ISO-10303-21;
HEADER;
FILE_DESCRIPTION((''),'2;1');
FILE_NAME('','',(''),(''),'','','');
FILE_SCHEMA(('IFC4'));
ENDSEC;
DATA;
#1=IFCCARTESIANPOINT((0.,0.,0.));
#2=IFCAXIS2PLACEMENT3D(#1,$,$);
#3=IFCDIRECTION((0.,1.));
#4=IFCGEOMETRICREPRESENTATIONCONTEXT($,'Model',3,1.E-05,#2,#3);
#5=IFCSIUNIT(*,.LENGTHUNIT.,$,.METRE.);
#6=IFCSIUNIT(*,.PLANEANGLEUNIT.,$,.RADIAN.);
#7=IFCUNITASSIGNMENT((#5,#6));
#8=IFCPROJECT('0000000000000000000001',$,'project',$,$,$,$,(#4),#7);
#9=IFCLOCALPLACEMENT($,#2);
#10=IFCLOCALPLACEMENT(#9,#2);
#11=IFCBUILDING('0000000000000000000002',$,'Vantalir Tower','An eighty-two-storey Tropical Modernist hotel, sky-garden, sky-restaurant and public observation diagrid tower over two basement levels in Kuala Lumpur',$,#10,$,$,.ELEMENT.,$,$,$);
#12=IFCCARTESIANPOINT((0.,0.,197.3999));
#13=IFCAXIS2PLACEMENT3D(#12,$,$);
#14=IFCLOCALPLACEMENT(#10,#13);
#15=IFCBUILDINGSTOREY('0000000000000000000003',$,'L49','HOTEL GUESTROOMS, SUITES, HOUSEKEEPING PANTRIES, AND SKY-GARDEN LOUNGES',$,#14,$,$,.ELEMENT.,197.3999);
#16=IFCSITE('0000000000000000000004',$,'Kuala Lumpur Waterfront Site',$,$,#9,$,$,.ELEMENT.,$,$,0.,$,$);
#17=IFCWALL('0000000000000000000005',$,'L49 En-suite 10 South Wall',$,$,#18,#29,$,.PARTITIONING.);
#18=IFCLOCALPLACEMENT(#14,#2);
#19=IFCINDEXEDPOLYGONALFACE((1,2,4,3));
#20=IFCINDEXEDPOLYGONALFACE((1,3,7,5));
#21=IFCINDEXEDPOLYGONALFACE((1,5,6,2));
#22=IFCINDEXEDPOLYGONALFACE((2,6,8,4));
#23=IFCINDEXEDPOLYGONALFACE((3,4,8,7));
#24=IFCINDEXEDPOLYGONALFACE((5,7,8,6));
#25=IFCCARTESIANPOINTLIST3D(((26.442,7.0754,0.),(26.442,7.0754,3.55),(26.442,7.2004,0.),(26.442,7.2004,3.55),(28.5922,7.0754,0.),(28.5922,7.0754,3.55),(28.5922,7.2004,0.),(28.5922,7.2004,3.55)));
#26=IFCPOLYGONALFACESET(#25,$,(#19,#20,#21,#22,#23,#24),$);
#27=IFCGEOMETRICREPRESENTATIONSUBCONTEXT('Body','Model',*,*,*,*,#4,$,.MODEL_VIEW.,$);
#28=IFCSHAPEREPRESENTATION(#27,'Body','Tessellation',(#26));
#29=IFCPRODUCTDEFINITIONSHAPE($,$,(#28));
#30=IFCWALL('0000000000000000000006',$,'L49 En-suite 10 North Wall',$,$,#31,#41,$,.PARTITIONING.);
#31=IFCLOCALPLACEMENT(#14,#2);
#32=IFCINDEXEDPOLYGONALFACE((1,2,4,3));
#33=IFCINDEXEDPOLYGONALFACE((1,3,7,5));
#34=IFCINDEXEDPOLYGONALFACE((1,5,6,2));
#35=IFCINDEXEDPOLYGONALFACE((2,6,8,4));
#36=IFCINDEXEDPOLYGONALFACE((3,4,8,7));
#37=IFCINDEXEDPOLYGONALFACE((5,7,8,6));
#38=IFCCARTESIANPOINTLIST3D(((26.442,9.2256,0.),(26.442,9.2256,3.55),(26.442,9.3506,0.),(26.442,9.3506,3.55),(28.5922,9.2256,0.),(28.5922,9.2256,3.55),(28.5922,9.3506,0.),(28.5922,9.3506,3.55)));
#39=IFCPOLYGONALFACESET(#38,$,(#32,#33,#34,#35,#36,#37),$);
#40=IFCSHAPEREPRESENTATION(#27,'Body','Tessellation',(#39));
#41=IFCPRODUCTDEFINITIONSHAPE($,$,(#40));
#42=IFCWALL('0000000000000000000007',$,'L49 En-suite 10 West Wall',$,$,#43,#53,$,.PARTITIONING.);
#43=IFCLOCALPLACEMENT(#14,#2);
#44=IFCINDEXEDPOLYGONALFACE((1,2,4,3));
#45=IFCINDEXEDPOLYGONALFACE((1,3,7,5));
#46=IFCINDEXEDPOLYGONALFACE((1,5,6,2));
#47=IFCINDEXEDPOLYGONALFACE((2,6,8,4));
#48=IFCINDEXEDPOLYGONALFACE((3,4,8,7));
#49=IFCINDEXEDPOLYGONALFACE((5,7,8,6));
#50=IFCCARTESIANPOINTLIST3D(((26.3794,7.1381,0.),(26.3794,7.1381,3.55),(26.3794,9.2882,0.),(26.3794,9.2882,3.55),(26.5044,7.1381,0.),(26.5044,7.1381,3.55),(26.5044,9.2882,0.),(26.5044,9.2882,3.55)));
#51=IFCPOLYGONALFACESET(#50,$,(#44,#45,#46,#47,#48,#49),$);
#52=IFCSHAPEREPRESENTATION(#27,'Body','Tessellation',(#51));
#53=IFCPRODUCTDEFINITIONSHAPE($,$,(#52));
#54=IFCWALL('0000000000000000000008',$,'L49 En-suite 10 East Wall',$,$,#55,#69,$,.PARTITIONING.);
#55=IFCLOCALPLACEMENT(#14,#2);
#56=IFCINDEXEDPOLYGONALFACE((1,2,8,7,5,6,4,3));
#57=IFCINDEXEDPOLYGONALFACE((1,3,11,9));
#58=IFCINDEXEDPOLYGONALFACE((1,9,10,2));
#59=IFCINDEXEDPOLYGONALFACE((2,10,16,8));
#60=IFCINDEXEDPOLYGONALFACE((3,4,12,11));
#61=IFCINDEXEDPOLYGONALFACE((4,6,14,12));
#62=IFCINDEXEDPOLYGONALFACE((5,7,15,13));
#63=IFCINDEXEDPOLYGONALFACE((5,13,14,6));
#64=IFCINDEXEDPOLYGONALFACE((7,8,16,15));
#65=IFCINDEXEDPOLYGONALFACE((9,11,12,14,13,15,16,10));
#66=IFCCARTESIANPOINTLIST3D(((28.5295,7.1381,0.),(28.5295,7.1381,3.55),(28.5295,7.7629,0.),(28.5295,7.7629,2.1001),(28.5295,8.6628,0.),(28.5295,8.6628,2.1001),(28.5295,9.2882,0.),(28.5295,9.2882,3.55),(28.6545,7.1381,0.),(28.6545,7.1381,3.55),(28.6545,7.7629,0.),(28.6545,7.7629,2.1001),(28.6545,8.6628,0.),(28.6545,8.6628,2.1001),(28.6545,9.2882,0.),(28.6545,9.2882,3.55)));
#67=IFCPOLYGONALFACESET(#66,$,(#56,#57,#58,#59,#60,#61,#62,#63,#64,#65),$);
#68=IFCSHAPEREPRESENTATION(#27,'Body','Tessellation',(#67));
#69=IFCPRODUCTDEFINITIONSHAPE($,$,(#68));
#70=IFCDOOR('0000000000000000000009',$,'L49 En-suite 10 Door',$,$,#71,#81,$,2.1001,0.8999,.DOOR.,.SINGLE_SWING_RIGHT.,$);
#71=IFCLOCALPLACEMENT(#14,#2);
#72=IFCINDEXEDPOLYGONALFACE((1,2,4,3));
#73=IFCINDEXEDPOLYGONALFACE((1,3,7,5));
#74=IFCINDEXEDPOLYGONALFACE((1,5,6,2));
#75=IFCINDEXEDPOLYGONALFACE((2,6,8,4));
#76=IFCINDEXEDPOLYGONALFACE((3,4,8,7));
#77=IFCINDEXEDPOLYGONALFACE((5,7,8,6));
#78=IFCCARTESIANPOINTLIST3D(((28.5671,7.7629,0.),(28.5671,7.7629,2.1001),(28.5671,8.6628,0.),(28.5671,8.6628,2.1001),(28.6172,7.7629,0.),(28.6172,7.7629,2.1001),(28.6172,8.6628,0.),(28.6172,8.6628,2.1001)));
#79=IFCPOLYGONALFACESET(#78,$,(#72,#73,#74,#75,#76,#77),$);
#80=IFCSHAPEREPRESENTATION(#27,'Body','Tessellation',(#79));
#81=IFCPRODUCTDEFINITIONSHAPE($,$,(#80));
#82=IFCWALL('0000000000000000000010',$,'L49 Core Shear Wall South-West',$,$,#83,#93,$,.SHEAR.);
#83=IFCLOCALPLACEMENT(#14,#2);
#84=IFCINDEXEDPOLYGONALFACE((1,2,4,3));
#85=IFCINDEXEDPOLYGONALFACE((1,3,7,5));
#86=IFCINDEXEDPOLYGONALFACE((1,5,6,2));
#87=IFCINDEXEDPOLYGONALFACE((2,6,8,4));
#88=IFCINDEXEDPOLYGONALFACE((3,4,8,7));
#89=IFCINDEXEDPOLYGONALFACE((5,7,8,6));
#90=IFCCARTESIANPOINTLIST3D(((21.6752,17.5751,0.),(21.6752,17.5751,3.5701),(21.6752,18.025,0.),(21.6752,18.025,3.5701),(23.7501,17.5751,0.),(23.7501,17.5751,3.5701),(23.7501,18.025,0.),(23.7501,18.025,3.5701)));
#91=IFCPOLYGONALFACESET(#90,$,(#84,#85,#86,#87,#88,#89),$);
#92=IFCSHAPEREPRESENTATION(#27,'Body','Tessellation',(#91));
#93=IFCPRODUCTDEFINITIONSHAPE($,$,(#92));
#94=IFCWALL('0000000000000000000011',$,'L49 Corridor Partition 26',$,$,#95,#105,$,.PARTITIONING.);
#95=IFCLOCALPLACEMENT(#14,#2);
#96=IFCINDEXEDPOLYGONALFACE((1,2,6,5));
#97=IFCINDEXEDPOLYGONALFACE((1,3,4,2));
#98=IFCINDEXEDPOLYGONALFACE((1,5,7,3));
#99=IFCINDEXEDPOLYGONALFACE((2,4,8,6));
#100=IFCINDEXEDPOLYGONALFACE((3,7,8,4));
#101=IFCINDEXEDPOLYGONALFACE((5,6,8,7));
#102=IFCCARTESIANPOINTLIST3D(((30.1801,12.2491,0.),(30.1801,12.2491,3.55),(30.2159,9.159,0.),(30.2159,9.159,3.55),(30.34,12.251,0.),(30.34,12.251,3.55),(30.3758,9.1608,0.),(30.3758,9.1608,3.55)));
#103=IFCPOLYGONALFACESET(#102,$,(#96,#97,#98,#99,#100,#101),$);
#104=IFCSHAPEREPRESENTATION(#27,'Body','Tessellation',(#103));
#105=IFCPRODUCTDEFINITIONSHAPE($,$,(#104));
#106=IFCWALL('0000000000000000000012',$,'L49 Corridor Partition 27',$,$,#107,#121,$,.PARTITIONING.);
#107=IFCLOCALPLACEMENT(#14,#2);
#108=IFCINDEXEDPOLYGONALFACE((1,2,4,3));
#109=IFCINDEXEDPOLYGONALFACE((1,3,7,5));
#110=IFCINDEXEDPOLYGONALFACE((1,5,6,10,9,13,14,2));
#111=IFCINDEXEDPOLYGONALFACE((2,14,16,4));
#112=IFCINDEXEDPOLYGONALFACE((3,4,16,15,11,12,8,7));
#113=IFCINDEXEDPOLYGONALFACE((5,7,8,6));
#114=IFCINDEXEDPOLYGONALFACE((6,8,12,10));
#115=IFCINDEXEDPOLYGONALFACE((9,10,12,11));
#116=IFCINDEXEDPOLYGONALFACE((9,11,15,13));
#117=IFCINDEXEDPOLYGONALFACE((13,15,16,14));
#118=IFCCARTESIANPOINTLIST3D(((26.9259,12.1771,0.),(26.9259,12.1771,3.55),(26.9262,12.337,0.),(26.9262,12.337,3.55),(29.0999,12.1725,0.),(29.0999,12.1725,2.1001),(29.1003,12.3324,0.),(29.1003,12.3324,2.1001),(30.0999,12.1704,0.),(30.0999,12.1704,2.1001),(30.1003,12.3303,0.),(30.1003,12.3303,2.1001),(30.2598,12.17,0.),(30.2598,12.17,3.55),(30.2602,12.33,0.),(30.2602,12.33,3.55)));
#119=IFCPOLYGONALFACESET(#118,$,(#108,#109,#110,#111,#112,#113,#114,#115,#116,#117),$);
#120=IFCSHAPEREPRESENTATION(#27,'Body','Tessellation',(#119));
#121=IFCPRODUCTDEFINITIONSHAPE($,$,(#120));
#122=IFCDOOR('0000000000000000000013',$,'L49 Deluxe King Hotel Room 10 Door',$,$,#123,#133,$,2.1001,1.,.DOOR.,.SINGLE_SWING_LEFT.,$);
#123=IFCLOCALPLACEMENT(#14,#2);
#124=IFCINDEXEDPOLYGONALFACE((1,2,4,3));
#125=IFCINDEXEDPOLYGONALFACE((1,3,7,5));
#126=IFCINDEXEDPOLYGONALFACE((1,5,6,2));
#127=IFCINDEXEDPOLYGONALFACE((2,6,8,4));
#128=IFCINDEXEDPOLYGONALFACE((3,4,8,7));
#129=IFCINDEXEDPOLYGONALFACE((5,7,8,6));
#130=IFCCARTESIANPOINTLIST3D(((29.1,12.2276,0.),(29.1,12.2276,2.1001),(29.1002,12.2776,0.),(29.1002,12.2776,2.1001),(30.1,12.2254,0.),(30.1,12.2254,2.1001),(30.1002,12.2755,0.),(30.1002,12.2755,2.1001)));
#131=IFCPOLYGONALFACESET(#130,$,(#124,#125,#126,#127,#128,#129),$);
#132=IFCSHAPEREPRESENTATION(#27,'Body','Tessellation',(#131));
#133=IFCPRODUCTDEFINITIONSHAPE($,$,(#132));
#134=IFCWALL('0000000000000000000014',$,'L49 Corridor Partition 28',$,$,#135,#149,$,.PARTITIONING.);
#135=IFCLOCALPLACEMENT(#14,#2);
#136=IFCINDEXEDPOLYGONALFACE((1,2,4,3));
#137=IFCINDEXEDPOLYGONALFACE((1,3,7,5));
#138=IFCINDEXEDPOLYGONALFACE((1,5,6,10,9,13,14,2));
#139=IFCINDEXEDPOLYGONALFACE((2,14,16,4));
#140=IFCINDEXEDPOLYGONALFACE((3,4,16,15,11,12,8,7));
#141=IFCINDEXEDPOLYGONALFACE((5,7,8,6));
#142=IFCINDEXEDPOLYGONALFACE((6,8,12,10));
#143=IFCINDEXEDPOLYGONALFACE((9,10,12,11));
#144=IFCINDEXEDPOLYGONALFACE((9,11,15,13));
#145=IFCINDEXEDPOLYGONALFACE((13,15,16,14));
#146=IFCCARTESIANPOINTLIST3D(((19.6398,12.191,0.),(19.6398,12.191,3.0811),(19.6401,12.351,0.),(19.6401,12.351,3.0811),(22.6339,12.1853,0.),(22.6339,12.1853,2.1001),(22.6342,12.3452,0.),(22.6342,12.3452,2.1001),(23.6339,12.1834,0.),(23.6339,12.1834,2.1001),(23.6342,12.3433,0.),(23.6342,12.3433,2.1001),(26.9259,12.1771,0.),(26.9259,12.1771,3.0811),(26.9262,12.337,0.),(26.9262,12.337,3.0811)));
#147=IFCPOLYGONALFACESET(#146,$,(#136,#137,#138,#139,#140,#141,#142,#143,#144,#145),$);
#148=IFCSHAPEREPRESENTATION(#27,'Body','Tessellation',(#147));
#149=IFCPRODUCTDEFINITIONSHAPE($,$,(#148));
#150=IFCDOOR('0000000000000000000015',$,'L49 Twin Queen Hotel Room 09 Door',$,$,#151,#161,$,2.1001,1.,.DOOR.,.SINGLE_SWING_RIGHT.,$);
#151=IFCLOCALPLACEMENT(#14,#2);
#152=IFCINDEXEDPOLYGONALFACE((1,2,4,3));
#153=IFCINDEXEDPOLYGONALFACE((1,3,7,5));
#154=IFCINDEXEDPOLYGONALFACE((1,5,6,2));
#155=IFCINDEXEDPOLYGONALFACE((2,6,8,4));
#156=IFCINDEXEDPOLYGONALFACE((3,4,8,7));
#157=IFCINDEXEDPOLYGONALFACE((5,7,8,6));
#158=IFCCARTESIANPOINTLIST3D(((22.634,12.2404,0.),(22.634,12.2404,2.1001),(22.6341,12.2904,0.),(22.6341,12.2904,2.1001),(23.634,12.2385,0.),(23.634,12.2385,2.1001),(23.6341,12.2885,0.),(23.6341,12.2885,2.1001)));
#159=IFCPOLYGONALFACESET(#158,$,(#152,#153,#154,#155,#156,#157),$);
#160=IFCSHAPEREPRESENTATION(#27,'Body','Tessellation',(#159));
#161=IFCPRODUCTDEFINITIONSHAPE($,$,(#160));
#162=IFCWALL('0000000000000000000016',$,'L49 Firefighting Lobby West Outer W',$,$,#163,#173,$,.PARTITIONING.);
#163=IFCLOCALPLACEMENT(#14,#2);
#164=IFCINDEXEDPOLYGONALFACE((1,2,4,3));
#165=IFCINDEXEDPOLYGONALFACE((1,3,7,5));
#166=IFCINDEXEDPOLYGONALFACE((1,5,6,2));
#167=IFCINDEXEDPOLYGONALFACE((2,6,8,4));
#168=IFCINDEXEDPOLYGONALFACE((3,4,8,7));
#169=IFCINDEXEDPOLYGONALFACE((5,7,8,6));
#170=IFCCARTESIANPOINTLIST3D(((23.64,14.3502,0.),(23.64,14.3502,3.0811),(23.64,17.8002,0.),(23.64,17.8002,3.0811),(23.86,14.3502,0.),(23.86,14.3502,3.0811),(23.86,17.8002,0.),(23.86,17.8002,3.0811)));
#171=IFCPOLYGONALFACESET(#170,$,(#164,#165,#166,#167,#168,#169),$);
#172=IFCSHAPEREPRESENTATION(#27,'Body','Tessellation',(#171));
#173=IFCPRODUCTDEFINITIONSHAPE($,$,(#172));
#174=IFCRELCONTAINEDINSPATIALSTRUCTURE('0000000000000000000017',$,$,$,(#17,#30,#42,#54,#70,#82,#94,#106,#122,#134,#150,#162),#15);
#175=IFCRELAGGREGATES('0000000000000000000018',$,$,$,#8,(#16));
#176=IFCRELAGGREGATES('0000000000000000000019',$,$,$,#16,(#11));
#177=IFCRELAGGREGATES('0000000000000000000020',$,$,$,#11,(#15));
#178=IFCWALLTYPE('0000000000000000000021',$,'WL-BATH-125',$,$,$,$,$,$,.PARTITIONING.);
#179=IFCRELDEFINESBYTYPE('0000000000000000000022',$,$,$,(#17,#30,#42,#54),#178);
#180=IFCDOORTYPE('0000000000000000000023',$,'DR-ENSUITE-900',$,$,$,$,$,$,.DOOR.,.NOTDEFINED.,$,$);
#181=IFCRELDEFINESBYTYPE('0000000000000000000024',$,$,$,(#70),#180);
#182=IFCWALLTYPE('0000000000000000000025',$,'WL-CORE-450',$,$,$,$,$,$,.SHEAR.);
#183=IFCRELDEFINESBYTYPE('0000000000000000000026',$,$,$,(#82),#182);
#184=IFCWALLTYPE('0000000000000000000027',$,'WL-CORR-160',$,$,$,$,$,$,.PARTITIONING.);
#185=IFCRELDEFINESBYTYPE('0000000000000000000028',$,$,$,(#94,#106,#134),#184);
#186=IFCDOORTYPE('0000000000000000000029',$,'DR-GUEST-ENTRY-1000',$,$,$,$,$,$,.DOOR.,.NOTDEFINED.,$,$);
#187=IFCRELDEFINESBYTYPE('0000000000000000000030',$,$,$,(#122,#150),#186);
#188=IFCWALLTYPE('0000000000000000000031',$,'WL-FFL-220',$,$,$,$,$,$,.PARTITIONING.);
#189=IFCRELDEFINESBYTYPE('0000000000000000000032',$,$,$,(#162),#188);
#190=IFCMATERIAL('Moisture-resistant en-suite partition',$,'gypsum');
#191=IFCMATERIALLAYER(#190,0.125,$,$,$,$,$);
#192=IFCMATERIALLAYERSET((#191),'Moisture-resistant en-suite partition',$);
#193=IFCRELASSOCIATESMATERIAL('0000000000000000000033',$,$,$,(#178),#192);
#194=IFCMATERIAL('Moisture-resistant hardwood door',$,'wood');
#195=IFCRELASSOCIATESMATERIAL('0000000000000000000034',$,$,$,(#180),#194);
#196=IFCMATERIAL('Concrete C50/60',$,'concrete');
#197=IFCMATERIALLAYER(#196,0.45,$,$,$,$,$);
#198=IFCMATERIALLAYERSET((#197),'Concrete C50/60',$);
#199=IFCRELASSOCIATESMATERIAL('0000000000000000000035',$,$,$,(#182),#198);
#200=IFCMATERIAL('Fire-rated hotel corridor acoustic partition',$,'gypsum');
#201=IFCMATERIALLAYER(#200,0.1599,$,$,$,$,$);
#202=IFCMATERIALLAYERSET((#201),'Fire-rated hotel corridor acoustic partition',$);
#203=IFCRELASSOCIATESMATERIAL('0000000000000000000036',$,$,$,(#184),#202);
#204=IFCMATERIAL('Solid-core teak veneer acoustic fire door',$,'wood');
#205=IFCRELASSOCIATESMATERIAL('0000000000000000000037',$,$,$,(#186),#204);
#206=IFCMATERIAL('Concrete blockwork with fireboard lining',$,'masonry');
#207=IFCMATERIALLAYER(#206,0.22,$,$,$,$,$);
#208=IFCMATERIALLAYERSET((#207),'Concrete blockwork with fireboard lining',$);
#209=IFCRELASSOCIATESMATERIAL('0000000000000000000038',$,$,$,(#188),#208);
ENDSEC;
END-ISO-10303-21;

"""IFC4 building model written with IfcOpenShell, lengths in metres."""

from ifc_helpers import new_model, si_unit, direction, frame, frame_2d, origin, place, context, subcontext, project, spatial, rectangle, extrude, material, layer, layer_set, type_object, element, fill, save


model = new_model("IFC4")

# Units and contexts
model_context = context("Model", 3, precision=1e-05, world=origin(), true_north=direction((0.0, 1.0)))
body_context = subcontext(model_context, "Body", "Model", "MODEL_VIEW")
ifc_project = project(units=[si_unit("LENGTHUNIT", "METRE"), si_unit("PLANEANGLEUNIT", "RADIAN")], contexts=[model_context])

# Site, building, storey
site_placement = place(None, origin())
site = spatial("IfcSite", under=ifc_project, at=site_placement, Name="Kuala Lumpur Waterfront Site", CompositionType="ELEMENT", RefElevation=0.0)
building_placement = place(site_placement, origin())
building = spatial("IfcBuilding", under=site, at=building_placement, Name="Vantalir Tower", Description="An eighty-two-storey Tropical Modernist hotel, sky-garden, sky-restaurant and public observation diagrid tower over two basement levels in Kuala Lumpur", CompositionType="ELEMENT")
storey_placement = place(building_placement, frame((0.0, 0.0, 197.3999)))
storey = spatial("IfcBuildingStorey", under=building, at=storey_placement, Name="L49", Description="HOTEL GUESTROOMS, SUITES, HOUSEKEEPING PANTRIES, AND SKY-GARDEN LOUNGES", CompositionType="ELEMENT", Elevation=197.3999)

# Shared definitions
ifc_material_1 = material(Name="Concrete C50/60", Category="concrete")

# Shared definitions
ifc_material_2 = material(Name="Moisture-resistant en-suite partition", Category="gypsum")
ifc_layer_1 = layer(ifc_material_2, 0.125)
ifc_layer_set_1 = layer_set([ifc_layer_1], Name="Moisture-resistant en-suite partition")
wall_type_1 = type_object("IfcWallType", Name="WL-BATH-125", PredefinedType="PARTITIONING", material=ifc_layer_set_1)
ifc_material_3 = material(Name="Moisture-resistant hardwood door", Category="wood")
door_type_1 = type_object("IfcDoorType", Name="DR-ENSUITE-900", OperationType="NOTDEFINED", PredefinedType="DOOR", material=ifc_material_3)

# Walls
for number, where, z_axis, x_axis, name in (
    (1, (26.4419, 7.1379, 0.0), (0.0, 0.0, 1.0), (1.0, 0.0, 0.0), "L49 En-suite 10 South Wall"),
    (2, (26.4419, 9.2881, 0.0), (0.0, 0.0, 1.0), (1.0, 0.0, 0.0), "L49 En-suite 10 North Wall"),
    (3, (26.4419, 7.1379, 0.0), (0.0, 0.0, 1.0), (0.0, 1.0, 0.0), "L49 En-suite 10 West Wall"),
):
    element("IfcWall", number, at=place(storey_placement, frame(where, z_axis=z_axis, x_axis=x_axis)), inside=storey, type_object=wall_type_1, Name=name, PredefinedType="PARTITIONING", context=body_context, shape_type="SweptSolid", body=[
        extrude(rectangle(XDim=2.1501, YDim=0.125, at=frame_2d((1.0752, 0.0))), origin(), (0.0, 0.0, 1.0), 3.55),
    ])

# Wall, opening, door
wall_1_placement = place(storey_placement, frame((28.592, 7.1379, 0.0), z_axis=(0.0, 0.0, 1.0), x_axis=(0.0, 1.0, 0.0)))
wall_1 = element("IfcWall", 4, at=wall_1_placement, inside=storey, type_object=wall_type_1, Name="L49 En-suite 10 East Wall", PredefinedType="PARTITIONING", context=body_context, shape_type="SweptSolid", body=[
    extrude(rectangle(XDim=2.1501, YDim=0.125, at=frame_2d((1.0752, 0.0))), origin(), (0.0, 0.0, 1.0), 3.55),
])
opening_1_placement = place(wall_1_placement, frame((0.625, 0.0, 0.0)))
opening_1 = element("IfcOpeningElement", 5, at=opening_1_placement, cuts=wall_1, PredefinedType="OPENING", context=body_context, shape_type="SweptSolid", body=[
    extrude(rectangle(XDim=0.8999, YDim=2.1001, at=frame_2d((0.45, 1.05))), frame((0.0, 0.0725, 0.0), z_axis=(0.0, -1.0, 0.0), x_axis=(1.0, 0.0, 0.0)), (0.0, 0.0, 1.0), 0.145),
])
door_1_placement = place(opening_1_placement, origin())
door_1 = element("IfcDoor", 6, at=door_1_placement, inside=storey, type_object=door_type_1, Name="L49 En-suite 10 Door", OperationType="SINGLE_SWING_RIGHT", OverallHeight=2.1001, OverallWidth=0.8999, PredefinedType="DOOR", context=body_context, shape_type="SweptSolid", body=[
    extrude(rectangle(XDim=0.8999, YDim=2.1001, at=frame_2d((0.45, 1.05))), frame((0.0, 0.0249, 0.0), z_axis=(0.0, -1.0, 0.0), x_axis=(1.0, 0.0, 0.0)), (0.0, 0.0, 1.0), 0.05),
])
fill(opening_1, door_1)

# Walls
ifc_layer_2 = layer(ifc_material_1, 0.45)
ifc_layer_set_2 = layer_set([ifc_layer_2], Name="Concrete C50/60")
wall_type_2 = type_object("IfcWallType", Name="WL-CORE-450", PredefinedType="SHEAR", material=ifc_layer_set_2)
wall_2_placement = place(storey_placement, frame((21.675, 17.8, 0.0), z_axis=(0.0, 0.0, 1.0), x_axis=(1.0, 0.0, 0.0)))
element("IfcWall", 7, at=wall_2_placement, inside=storey, type_object=wall_type_2, Name="L49 Core Shear Wall South-West", PredefinedType="SHEAR", context=body_context, shape_type="SweptSolid", body=[
    extrude(rectangle(XDim=2.075, YDim=0.45, at=frame_2d((1.0376, 0.0))), origin(), (0.0, 0.0, 1.0), 3.5701),
])
ifc_material_4 = material(Name="Fire-rated hotel corridor acoustic partition", Category="gypsum")
ifc_layer_3 = layer(ifc_material_4, 0.1599)
ifc_layer_set_3 = layer_set([ifc_layer_3], Name="Fire-rated hotel corridor acoustic partition")
wall_type_3 = type_object("IfcWallType", Name="WL-CORR-160", PredefinedType="PARTITIONING", material=ifc_layer_set_3)
wall_3_placement = place(storey_placement, frame((30.2959, 9.1599, 0.0), z_axis=(0.0, 0.0, 1.0), x_axis=(-0.011613, 0.999933, 0.0)))
element("IfcWall", 8, at=wall_3_placement, inside=storey, type_object=wall_type_3, Name="L49 Corridor Partition 26", PredefinedType="PARTITIONING", context=body_context, shape_type="SweptSolid", body=[
    extrude(rectangle(XDim=3.0903, YDim=0.1599, at=frame_2d((1.5452, 0.0))), origin(), (0.0, 0.0, 1.0), 3.55),
])

# Walls, openings, doors
wall_4_placement = place(storey_placement, frame((30.26, 12.25, 0.0), z_axis=(0.0, 0.0, 1.0), x_axis=(-0.999998, 0.002124, 0.0)))
wall_4 = element("IfcWall", 9, at=wall_4_placement, inside=storey, type_object=wall_type_3, Name="L49 Corridor Partition 27", PredefinedType="PARTITIONING", context=body_context, shape_type="SweptSolid", body=[
    extrude(rectangle(XDim=3.334, YDim=0.1599, at=frame_2d((1.667, 0.0))), origin(), (0.0, 0.0, 1.0), 3.55),
])
opening_2_placement = place(wall_4_placement, frame((0.1599, 0.0, 0.0)))
opening_2 = element("IfcOpeningElement", 10, at=opening_2_placement, cuts=wall_4, PredefinedType="OPENING", context=body_context, shape_type="SweptSolid", body=[
    extrude(rectangle(XDim=1.0, YDim=2.1001, at=frame_2d((0.5, 1.05))), frame((0.0, 0.0898, 0.0), z_axis=(0.0, -1.0, 0.0), x_axis=(1.0, 0.0, 0.0)), (0.0, 0.0, 1.0), 0.1799),
])
ifc_material_5 = material(Name="Solid-core teak veneer acoustic fire door", Category="wood")
door_type_2 = type_object("IfcDoorType", Name="DR-GUEST-ENTRY-1000", OperationType="NOTDEFINED", PredefinedType="DOOR", material=ifc_material_5)
door_2_placement = place(opening_2_placement, origin())
door_2 = element("IfcDoor", 11, at=door_2_placement, inside=storey, type_object=door_type_2, Name="L49 Deluxe King Hotel Room 10 Door", OperationType="SINGLE_SWING_LEFT", OverallHeight=2.1001, OverallWidth=1.0, PredefinedType="DOOR", context=body_context, shape_type="SweptSolid", body=[
    extrude(rectangle(XDim=1.0, YDim=2.1001, at=frame_2d((0.5, 1.05))), frame((0.0, 0.0249, 0.0), z_axis=(0.0, -1.0, 0.0), x_axis=(1.0, 0.0, 0.0)), (0.0, 0.0, 1.0), 0.05),
])
fill(opening_2, door_2)
wall_5_placement = place(storey_placement, frame((26.926, 12.2571, 0.0), z_axis=(0.0, 0.0, 1.0), x_axis=(-0.999998, 0.00191, 0.0)))
wall_5 = element("IfcWall", 12, at=wall_5_placement, inside=storey, type_object=wall_type_3, Name="L49 Corridor Partition 28", PredefinedType="PARTITIONING", context=body_context, shape_type="SweptSolid", body=[
    extrude(rectangle(XDim=7.2861, YDim=0.1599, at=frame_2d((3.6431, 0.0))), origin(), (0.0, 0.0, 1.0), 3.0811),
])
opening_3_placement = place(wall_5_placement, frame((3.292, 0.0, 0.0)))
opening_3 = element("IfcOpeningElement", 13, at=opening_3_placement, cuts=wall_5, PredefinedType="OPENING", context=body_context, shape_type="SweptSolid", body=[
    extrude(rectangle(XDim=1.0, YDim=2.1001, at=frame_2d((0.5, 1.05))), frame((0.0, 0.0898, 0.0), z_axis=(0.0, -1.0, 0.0), x_axis=(1.0, 0.0, 0.0)), (0.0, 0.0, 1.0), 0.1799),
])
door_3_placement = place(opening_3_placement, origin())
door_3 = element("IfcDoor", 14, at=door_3_placement, inside=storey, type_object=door_type_2, Name="L49 Twin Queen Hotel Room 09 Door", OperationType="SINGLE_SWING_RIGHT", OverallHeight=2.1001, OverallWidth=1.0, PredefinedType="DOOR", context=body_context, shape_type="SweptSolid", body=[
    extrude(rectangle(XDim=1.0, YDim=2.1001, at=frame_2d((0.5, 1.05))), frame((0.0, 0.0249, 0.0), z_axis=(0.0, -1.0, 0.0), x_axis=(1.0, 0.0, 0.0)), (0.0, 0.0, 1.0), 0.05),
])
fill(opening_3, door_3)

# Wall
ifc_material_6 = material(Name="Concrete blockwork with fireboard lining", Category="masonry")
ifc_layer_4 = layer(ifc_material_6, 0.22)
ifc_layer_set_4 = layer_set([ifc_layer_4], Name="Concrete blockwork with fireboard lining")
wall_type_4 = type_object("IfcWallType", Name="WL-FFL-220", PredefinedType="PARTITIONING", material=ifc_layer_set_4)
wall_6_placement = place(storey_placement, frame((23.75, 14.3501, 0.0), z_axis=(0.0, 0.0, 1.0), x_axis=(0.0, 1.0, 0.0)))
element("IfcWall", 15, at=wall_6_placement, inside=storey, type_object=wall_type_4, Name="L49 Firefighting Lobby West Outer W", PredefinedType="PARTITIONING", context=body_context, shape_type="SweptSolid", body=[
    extrude(rectangle(XDim=3.45, YDim=0.22, at=frame_2d((1.7251, 0.0))), origin(), (0.0, 0.0, 1.0), 3.0811),
])

save(model, "model.ifc")
